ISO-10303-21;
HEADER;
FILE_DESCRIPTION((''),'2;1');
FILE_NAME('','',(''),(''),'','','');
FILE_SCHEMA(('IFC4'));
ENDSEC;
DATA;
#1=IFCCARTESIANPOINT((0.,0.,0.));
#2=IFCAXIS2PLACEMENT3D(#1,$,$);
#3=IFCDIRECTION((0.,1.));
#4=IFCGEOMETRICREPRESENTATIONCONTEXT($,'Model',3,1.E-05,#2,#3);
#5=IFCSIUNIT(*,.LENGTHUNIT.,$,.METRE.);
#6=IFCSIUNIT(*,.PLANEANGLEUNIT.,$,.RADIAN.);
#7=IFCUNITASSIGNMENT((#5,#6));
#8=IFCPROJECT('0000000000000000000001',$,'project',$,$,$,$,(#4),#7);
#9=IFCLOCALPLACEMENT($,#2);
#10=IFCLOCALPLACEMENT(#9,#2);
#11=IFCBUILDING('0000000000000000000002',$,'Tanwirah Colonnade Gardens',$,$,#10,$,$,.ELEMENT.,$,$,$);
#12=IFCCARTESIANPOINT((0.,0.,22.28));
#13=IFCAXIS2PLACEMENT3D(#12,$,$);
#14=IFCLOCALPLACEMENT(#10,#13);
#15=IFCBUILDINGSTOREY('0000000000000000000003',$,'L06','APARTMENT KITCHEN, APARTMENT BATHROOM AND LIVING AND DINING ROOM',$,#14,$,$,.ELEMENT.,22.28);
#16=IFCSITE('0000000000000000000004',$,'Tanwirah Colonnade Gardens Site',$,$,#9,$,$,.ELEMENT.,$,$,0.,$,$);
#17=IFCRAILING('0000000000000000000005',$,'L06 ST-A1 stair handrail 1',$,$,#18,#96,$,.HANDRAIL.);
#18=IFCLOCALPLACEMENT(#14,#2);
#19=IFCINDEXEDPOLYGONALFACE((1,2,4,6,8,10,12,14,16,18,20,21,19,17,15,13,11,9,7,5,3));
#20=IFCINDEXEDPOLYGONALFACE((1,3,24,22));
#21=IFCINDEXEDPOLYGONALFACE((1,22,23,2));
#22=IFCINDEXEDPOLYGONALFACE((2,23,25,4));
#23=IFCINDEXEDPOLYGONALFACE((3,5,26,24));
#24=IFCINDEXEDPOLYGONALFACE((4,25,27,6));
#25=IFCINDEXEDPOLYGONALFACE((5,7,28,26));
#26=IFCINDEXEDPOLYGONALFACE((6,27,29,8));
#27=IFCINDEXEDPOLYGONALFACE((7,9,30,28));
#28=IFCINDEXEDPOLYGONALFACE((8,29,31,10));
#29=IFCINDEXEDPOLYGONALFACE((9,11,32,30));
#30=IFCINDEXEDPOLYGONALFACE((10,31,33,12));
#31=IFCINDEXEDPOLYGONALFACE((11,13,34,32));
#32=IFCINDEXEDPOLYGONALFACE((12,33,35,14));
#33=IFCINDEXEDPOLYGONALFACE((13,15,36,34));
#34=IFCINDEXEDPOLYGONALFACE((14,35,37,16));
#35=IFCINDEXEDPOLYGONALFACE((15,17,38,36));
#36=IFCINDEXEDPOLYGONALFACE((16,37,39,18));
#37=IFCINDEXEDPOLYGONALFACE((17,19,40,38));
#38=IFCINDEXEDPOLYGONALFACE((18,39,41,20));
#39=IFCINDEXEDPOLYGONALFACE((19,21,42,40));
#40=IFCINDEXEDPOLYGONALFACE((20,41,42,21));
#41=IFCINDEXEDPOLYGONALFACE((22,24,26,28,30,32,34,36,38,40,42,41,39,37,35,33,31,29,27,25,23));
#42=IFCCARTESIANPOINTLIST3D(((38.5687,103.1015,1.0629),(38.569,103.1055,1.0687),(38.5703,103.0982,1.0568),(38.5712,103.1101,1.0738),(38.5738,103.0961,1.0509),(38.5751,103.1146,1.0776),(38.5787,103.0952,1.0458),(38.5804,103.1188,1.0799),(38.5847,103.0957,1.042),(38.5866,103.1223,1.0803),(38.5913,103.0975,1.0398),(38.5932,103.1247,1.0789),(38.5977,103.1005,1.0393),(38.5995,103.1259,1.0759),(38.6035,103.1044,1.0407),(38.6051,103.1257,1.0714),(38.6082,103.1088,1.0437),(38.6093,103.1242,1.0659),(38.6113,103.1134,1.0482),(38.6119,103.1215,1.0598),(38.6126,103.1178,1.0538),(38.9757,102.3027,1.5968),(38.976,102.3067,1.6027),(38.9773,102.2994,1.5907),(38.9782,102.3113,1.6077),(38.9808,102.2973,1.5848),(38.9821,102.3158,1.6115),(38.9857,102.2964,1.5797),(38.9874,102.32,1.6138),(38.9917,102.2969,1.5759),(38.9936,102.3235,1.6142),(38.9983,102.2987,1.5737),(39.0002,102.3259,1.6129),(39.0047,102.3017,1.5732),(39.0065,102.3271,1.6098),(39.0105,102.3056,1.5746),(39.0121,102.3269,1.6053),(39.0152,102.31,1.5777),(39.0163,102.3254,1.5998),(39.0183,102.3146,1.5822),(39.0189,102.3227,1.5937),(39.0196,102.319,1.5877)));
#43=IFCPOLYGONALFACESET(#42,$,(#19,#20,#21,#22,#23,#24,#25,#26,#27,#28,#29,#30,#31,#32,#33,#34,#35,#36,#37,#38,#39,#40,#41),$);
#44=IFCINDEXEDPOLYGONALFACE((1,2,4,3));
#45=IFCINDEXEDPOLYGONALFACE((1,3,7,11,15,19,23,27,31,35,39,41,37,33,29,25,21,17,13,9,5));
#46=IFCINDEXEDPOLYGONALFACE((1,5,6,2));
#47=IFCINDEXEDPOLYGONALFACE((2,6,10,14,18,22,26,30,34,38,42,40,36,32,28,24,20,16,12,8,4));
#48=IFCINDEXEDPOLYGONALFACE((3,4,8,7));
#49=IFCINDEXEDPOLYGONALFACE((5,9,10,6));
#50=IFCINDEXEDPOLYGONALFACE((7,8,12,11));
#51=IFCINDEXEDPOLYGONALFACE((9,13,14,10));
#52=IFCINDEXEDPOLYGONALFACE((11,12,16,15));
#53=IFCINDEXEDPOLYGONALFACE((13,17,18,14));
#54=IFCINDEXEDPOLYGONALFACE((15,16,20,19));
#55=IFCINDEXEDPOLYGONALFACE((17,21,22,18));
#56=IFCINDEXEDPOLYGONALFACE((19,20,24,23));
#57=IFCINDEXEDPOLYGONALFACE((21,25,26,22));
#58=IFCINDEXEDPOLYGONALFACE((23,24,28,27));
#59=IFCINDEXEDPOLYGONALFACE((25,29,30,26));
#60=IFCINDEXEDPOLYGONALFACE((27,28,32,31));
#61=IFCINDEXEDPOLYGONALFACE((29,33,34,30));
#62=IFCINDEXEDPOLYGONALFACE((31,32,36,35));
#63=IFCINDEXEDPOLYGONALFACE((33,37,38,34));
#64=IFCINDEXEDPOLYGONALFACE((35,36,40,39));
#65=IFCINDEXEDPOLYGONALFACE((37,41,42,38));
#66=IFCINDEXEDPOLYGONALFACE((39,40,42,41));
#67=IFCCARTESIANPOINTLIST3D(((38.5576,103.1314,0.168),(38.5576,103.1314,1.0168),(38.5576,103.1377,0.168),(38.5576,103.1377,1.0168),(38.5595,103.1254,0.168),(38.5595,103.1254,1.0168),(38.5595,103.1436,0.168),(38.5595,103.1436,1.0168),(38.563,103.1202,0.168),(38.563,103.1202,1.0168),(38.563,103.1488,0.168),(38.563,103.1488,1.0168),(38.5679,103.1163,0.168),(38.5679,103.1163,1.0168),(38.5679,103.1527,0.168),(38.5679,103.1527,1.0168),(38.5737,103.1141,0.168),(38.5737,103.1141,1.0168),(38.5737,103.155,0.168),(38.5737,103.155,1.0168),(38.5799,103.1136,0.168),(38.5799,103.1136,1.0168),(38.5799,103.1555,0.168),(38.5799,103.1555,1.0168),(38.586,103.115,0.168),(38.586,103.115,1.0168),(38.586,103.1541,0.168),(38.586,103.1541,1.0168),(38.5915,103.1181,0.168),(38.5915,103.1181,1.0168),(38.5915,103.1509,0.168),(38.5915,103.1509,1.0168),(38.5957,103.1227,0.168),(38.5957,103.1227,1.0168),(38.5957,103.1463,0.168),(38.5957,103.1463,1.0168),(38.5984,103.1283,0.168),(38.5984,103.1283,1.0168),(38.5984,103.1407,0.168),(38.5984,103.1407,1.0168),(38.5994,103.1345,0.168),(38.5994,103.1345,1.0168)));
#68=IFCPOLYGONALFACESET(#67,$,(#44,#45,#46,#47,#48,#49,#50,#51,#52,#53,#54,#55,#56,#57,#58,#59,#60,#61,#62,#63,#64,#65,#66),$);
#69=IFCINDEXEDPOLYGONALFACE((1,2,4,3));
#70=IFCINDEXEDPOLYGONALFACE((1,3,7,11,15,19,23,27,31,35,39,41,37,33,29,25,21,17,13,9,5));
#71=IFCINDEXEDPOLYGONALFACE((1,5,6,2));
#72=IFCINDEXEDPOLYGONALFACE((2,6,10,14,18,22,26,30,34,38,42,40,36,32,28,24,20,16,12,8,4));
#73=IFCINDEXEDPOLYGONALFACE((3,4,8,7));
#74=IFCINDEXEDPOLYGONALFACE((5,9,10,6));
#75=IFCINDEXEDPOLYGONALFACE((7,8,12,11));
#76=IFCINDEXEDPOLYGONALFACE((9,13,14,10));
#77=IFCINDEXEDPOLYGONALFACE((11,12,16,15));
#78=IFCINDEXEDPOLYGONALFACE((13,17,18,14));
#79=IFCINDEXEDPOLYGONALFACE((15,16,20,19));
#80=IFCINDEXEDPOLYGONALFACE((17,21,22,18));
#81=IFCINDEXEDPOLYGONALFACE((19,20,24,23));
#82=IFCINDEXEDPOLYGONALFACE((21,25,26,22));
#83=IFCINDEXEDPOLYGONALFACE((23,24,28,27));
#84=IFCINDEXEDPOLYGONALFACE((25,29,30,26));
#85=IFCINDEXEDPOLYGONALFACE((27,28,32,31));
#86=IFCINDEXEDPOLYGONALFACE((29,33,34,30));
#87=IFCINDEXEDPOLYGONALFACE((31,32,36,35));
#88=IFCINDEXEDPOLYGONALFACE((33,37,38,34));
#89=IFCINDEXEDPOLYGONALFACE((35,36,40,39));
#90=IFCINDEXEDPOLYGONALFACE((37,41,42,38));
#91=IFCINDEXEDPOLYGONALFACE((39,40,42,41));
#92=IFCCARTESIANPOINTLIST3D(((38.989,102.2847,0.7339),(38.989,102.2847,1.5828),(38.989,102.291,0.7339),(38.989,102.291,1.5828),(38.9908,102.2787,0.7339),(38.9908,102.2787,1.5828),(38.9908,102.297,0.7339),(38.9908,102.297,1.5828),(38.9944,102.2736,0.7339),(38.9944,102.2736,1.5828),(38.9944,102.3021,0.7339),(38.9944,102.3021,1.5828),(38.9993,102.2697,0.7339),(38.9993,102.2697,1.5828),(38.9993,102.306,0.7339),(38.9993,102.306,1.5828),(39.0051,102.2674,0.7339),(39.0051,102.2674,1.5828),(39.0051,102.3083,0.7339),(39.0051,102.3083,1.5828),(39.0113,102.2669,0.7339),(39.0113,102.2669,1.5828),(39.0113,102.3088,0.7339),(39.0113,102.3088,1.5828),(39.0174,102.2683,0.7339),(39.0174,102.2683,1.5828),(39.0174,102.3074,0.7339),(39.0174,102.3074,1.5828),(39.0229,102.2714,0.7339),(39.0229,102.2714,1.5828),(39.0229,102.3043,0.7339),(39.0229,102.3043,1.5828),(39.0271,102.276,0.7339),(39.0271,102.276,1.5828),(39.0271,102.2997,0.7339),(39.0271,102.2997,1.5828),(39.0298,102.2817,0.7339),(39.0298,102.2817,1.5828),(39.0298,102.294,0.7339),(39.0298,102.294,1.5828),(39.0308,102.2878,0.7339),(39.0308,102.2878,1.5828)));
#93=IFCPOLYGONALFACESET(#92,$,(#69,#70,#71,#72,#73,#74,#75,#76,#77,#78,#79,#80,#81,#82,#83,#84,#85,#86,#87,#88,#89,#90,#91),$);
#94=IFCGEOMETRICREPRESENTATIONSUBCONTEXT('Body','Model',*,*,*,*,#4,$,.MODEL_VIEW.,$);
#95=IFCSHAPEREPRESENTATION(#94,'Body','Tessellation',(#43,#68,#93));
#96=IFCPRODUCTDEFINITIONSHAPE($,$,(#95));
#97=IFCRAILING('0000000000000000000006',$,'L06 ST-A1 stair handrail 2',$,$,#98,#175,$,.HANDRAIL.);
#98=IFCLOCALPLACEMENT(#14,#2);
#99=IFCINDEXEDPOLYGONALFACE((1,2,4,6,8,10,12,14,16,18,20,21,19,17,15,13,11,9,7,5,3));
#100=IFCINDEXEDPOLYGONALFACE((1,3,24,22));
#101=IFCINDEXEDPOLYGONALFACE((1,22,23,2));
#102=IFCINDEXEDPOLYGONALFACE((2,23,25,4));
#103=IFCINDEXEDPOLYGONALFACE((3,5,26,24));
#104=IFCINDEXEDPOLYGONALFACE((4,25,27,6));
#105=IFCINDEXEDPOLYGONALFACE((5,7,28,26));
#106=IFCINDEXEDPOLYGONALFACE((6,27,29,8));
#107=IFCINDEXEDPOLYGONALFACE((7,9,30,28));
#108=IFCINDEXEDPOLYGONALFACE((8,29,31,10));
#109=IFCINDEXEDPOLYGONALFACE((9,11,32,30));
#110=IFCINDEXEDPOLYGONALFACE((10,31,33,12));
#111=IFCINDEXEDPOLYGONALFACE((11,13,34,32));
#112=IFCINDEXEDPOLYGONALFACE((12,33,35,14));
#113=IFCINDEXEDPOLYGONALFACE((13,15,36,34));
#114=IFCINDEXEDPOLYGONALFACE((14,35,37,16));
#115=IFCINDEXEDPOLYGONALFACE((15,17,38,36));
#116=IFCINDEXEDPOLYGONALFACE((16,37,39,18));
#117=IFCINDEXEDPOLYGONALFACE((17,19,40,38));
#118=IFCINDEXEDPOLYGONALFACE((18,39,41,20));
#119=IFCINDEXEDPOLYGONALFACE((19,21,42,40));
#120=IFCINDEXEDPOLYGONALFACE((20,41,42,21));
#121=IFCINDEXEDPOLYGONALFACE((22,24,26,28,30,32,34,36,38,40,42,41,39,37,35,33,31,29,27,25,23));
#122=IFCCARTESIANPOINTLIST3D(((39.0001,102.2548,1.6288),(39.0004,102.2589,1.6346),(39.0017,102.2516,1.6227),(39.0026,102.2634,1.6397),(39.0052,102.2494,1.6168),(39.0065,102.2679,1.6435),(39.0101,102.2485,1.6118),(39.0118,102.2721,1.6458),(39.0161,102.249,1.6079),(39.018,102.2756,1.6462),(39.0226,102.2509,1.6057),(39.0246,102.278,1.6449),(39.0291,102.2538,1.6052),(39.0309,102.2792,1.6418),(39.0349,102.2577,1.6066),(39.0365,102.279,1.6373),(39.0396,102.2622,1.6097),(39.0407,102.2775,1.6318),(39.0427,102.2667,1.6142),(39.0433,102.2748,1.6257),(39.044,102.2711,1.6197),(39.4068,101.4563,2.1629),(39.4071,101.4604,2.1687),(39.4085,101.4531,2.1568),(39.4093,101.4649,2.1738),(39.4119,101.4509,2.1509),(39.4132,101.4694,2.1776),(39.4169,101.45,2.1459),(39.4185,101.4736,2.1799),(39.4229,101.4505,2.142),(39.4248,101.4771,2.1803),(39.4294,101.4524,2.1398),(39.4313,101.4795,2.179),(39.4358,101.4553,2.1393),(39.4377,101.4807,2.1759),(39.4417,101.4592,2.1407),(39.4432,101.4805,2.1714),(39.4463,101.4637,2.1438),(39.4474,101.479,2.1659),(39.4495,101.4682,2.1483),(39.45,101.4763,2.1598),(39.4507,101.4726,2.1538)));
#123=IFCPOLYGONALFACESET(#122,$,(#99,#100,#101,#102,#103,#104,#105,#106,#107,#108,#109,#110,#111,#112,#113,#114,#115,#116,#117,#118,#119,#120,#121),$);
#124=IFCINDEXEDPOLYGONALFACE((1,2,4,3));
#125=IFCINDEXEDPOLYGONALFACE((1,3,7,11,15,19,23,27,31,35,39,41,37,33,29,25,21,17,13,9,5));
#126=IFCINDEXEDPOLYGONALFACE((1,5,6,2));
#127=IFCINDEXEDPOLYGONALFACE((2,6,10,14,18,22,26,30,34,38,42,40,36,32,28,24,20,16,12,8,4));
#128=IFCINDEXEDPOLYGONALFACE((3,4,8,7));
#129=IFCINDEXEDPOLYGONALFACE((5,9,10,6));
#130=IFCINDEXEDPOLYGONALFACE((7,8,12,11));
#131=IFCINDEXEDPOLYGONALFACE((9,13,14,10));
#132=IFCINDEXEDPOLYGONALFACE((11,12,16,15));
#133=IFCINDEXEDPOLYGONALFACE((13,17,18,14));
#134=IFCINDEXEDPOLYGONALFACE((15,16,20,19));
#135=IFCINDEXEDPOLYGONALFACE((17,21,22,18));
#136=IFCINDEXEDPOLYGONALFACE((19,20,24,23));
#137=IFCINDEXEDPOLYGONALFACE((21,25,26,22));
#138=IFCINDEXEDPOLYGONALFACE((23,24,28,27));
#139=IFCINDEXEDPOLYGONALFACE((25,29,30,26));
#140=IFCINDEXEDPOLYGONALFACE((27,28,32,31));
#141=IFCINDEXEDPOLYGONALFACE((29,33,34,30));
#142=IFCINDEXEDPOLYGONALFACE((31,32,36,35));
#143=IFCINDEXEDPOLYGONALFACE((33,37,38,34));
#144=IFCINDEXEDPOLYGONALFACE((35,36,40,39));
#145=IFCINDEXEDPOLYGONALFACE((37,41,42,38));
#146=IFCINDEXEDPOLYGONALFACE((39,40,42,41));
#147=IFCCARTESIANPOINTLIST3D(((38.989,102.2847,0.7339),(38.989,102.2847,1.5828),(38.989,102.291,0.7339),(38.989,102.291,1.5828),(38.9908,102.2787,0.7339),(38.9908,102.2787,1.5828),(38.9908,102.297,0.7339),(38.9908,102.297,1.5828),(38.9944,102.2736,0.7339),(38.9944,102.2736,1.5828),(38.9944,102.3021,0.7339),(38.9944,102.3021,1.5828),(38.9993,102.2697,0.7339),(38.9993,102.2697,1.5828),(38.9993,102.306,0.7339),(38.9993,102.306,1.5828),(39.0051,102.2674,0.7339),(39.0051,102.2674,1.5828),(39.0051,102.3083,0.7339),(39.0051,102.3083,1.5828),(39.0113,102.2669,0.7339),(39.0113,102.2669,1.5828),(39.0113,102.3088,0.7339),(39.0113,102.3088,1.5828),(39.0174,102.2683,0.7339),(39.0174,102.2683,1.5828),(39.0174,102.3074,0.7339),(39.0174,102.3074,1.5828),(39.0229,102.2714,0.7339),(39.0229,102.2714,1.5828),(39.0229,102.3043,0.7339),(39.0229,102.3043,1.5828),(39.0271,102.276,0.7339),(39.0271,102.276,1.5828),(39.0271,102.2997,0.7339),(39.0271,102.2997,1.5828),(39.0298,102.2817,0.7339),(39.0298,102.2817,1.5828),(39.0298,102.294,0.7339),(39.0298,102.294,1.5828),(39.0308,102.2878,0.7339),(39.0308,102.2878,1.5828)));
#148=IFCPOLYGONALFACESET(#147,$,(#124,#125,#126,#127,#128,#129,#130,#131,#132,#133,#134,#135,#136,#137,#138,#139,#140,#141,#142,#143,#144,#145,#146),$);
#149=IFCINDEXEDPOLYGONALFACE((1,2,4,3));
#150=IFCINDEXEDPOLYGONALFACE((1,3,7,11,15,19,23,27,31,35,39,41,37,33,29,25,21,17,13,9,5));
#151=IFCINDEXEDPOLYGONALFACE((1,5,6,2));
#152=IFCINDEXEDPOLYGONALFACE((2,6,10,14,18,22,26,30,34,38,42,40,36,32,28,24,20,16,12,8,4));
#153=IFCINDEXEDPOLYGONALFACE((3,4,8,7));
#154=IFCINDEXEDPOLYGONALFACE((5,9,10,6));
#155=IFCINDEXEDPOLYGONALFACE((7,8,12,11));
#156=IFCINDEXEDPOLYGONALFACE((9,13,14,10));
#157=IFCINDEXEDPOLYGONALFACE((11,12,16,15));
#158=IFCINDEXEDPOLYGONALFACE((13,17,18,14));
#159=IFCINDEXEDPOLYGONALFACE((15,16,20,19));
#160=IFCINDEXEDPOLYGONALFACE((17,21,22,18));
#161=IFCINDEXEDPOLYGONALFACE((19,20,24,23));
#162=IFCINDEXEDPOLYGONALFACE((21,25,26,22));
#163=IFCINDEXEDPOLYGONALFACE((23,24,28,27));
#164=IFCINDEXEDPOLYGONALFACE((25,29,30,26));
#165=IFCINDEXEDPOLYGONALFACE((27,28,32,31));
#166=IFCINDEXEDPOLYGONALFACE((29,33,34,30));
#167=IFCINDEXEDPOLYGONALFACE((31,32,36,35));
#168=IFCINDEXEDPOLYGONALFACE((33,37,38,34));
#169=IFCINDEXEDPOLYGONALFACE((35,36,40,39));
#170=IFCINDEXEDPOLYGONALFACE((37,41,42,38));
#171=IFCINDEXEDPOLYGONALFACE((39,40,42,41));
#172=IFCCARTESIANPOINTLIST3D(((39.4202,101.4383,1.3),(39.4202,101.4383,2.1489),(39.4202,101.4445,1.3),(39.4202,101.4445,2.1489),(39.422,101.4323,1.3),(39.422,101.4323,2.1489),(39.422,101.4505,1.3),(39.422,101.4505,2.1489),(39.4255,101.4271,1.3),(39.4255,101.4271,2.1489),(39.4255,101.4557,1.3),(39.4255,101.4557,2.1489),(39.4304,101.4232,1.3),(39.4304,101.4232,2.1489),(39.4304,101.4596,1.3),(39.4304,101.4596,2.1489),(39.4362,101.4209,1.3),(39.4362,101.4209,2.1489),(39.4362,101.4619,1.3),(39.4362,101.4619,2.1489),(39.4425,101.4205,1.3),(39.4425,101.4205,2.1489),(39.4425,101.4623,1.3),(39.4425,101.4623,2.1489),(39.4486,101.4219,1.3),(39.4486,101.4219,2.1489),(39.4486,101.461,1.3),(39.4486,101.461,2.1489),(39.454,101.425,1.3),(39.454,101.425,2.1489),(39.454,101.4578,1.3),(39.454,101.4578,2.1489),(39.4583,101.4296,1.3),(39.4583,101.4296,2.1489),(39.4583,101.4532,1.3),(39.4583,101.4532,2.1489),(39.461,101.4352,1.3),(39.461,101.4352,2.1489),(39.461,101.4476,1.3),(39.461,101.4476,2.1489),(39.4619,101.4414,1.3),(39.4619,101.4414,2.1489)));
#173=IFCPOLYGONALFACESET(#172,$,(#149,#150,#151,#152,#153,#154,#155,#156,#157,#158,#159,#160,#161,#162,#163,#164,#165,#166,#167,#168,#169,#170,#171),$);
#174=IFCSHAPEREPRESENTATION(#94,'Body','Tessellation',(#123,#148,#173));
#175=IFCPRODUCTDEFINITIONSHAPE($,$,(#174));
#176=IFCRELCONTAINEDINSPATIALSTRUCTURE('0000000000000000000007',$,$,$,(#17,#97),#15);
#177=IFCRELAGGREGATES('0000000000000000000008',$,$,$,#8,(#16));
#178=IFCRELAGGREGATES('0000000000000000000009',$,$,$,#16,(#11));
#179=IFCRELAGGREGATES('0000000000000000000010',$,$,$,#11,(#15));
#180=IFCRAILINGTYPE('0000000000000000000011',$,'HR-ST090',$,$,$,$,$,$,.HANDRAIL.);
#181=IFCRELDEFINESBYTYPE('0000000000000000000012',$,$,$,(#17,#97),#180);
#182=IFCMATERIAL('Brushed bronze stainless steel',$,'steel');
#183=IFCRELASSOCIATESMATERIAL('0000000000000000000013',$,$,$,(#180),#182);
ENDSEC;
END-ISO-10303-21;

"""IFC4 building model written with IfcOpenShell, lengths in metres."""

from ifc_helpers import new_model, si_unit, direction, frame, origin, origin_2d, place, context, subcontext, project, spatial, circle, extrude, material, type_object, element, save


model = new_model("IFC4")

# Units and contexts
model_context = context("Model", 3, precision=1e-05, world=origin(), true_north=direction((0.0, 1.0)))
body_context = subcontext(model_context, "Body", "Model", "MODEL_VIEW")
ifc_project = project(units=[si_unit("LENGTHUNIT", "METRE"), si_unit("PLANEANGLEUNIT", "RADIAN")], contexts=[model_context])

# Site, building, storey
site_placement = place(None, origin())
site = spatial("IfcSite", under=ifc_project, at=site_placement, Name="Tanwirah Colonnade Gardens Site", CompositionType="ELEMENT", RefElevation=0.0)
building_placement = place(site_placement, origin())
building = spatial("IfcBuilding", under=site, at=building_placement, Name="Tanwirah Colonnade Gardens", CompositionType="ELEMENT")
storey_placement = place(building_placement, frame((0.0, 0.0, 22.28)))
storey = spatial("IfcBuildingStorey", under=building, at=storey_placement, Name="L06", Description="APARTMENT KITCHEN, APARTMENT BATHROOM AND LIVING AND DINING ROOM", CompositionType="ELEMENT", Elevation=22.28)

# Railings
ifc_material_1 = material(Name="Brushed bronze stainless steel", Category="steel")
railing_type = type_object("IfcRailingType", Name="HR-ST090", PredefinedType="HANDRAIL", material=ifc_material_1)
railing_1_placement = place(storey_placement, frame((38.5784, 103.1345, 0.168)))
element("IfcRailing", 1, at=railing_1_placement, inside=storey, type_object=railing_type, Name="L06 ST-A1 stair handrail 1", PredefinedType="HANDRAIL", context=body_context, shape_type="SweptSolid", body=[
    extrude(circle(Radius=0.0239, at=origin_2d()), frame((0.0122, -0.0239, 0.8918), z_axis=(0.390052, -0.765534, 0.511681), x_axis=(0.89101, 0.453984, 0.0)), (0.0, 0.0, 1.0), 1.0435),
    extrude(circle(Radius=0.021, at=origin_2d()), origin(), (0.0, 0.0, 1.0), 0.8489),
    extrude(circle(Radius=0.021, at=origin_2d()), frame((0.4314, -0.8467, 0.5659)), (0.0, 0.0, 1.0), 0.8489),
])
railing_2_placement = place(storey_placement, frame((39.0098, 102.2878, 0.7339)))
element("IfcRailing", 2, at=railing_2_placement, inside=storey, type_object=railing_type, Name="L06 ST-A1 stair handrail 2", PredefinedType="HANDRAIL", context=body_context, shape_type="SweptSolid", body=[
    extrude(circle(Radius=0.0239, at=origin_2d()), frame((0.0122, -0.0239, 0.8918), z_axis=(0.389886, -0.765422, 0.511974), x_axis=(0.891061, 0.453883, 0.0)), (0.0, 0.0, 1.0), 1.0432),
    extrude(circle(Radius=0.021, at=origin_2d()), origin(), (0.0, 0.0, 1.0), 0.8489),
    extrude(circle(Radius=0.021, at=origin_2d()), frame((0.4312, -0.8464, 0.5662)), (0.0, 0.0, 1.0), 0.8489),
])

save(model, "model.ifc")
